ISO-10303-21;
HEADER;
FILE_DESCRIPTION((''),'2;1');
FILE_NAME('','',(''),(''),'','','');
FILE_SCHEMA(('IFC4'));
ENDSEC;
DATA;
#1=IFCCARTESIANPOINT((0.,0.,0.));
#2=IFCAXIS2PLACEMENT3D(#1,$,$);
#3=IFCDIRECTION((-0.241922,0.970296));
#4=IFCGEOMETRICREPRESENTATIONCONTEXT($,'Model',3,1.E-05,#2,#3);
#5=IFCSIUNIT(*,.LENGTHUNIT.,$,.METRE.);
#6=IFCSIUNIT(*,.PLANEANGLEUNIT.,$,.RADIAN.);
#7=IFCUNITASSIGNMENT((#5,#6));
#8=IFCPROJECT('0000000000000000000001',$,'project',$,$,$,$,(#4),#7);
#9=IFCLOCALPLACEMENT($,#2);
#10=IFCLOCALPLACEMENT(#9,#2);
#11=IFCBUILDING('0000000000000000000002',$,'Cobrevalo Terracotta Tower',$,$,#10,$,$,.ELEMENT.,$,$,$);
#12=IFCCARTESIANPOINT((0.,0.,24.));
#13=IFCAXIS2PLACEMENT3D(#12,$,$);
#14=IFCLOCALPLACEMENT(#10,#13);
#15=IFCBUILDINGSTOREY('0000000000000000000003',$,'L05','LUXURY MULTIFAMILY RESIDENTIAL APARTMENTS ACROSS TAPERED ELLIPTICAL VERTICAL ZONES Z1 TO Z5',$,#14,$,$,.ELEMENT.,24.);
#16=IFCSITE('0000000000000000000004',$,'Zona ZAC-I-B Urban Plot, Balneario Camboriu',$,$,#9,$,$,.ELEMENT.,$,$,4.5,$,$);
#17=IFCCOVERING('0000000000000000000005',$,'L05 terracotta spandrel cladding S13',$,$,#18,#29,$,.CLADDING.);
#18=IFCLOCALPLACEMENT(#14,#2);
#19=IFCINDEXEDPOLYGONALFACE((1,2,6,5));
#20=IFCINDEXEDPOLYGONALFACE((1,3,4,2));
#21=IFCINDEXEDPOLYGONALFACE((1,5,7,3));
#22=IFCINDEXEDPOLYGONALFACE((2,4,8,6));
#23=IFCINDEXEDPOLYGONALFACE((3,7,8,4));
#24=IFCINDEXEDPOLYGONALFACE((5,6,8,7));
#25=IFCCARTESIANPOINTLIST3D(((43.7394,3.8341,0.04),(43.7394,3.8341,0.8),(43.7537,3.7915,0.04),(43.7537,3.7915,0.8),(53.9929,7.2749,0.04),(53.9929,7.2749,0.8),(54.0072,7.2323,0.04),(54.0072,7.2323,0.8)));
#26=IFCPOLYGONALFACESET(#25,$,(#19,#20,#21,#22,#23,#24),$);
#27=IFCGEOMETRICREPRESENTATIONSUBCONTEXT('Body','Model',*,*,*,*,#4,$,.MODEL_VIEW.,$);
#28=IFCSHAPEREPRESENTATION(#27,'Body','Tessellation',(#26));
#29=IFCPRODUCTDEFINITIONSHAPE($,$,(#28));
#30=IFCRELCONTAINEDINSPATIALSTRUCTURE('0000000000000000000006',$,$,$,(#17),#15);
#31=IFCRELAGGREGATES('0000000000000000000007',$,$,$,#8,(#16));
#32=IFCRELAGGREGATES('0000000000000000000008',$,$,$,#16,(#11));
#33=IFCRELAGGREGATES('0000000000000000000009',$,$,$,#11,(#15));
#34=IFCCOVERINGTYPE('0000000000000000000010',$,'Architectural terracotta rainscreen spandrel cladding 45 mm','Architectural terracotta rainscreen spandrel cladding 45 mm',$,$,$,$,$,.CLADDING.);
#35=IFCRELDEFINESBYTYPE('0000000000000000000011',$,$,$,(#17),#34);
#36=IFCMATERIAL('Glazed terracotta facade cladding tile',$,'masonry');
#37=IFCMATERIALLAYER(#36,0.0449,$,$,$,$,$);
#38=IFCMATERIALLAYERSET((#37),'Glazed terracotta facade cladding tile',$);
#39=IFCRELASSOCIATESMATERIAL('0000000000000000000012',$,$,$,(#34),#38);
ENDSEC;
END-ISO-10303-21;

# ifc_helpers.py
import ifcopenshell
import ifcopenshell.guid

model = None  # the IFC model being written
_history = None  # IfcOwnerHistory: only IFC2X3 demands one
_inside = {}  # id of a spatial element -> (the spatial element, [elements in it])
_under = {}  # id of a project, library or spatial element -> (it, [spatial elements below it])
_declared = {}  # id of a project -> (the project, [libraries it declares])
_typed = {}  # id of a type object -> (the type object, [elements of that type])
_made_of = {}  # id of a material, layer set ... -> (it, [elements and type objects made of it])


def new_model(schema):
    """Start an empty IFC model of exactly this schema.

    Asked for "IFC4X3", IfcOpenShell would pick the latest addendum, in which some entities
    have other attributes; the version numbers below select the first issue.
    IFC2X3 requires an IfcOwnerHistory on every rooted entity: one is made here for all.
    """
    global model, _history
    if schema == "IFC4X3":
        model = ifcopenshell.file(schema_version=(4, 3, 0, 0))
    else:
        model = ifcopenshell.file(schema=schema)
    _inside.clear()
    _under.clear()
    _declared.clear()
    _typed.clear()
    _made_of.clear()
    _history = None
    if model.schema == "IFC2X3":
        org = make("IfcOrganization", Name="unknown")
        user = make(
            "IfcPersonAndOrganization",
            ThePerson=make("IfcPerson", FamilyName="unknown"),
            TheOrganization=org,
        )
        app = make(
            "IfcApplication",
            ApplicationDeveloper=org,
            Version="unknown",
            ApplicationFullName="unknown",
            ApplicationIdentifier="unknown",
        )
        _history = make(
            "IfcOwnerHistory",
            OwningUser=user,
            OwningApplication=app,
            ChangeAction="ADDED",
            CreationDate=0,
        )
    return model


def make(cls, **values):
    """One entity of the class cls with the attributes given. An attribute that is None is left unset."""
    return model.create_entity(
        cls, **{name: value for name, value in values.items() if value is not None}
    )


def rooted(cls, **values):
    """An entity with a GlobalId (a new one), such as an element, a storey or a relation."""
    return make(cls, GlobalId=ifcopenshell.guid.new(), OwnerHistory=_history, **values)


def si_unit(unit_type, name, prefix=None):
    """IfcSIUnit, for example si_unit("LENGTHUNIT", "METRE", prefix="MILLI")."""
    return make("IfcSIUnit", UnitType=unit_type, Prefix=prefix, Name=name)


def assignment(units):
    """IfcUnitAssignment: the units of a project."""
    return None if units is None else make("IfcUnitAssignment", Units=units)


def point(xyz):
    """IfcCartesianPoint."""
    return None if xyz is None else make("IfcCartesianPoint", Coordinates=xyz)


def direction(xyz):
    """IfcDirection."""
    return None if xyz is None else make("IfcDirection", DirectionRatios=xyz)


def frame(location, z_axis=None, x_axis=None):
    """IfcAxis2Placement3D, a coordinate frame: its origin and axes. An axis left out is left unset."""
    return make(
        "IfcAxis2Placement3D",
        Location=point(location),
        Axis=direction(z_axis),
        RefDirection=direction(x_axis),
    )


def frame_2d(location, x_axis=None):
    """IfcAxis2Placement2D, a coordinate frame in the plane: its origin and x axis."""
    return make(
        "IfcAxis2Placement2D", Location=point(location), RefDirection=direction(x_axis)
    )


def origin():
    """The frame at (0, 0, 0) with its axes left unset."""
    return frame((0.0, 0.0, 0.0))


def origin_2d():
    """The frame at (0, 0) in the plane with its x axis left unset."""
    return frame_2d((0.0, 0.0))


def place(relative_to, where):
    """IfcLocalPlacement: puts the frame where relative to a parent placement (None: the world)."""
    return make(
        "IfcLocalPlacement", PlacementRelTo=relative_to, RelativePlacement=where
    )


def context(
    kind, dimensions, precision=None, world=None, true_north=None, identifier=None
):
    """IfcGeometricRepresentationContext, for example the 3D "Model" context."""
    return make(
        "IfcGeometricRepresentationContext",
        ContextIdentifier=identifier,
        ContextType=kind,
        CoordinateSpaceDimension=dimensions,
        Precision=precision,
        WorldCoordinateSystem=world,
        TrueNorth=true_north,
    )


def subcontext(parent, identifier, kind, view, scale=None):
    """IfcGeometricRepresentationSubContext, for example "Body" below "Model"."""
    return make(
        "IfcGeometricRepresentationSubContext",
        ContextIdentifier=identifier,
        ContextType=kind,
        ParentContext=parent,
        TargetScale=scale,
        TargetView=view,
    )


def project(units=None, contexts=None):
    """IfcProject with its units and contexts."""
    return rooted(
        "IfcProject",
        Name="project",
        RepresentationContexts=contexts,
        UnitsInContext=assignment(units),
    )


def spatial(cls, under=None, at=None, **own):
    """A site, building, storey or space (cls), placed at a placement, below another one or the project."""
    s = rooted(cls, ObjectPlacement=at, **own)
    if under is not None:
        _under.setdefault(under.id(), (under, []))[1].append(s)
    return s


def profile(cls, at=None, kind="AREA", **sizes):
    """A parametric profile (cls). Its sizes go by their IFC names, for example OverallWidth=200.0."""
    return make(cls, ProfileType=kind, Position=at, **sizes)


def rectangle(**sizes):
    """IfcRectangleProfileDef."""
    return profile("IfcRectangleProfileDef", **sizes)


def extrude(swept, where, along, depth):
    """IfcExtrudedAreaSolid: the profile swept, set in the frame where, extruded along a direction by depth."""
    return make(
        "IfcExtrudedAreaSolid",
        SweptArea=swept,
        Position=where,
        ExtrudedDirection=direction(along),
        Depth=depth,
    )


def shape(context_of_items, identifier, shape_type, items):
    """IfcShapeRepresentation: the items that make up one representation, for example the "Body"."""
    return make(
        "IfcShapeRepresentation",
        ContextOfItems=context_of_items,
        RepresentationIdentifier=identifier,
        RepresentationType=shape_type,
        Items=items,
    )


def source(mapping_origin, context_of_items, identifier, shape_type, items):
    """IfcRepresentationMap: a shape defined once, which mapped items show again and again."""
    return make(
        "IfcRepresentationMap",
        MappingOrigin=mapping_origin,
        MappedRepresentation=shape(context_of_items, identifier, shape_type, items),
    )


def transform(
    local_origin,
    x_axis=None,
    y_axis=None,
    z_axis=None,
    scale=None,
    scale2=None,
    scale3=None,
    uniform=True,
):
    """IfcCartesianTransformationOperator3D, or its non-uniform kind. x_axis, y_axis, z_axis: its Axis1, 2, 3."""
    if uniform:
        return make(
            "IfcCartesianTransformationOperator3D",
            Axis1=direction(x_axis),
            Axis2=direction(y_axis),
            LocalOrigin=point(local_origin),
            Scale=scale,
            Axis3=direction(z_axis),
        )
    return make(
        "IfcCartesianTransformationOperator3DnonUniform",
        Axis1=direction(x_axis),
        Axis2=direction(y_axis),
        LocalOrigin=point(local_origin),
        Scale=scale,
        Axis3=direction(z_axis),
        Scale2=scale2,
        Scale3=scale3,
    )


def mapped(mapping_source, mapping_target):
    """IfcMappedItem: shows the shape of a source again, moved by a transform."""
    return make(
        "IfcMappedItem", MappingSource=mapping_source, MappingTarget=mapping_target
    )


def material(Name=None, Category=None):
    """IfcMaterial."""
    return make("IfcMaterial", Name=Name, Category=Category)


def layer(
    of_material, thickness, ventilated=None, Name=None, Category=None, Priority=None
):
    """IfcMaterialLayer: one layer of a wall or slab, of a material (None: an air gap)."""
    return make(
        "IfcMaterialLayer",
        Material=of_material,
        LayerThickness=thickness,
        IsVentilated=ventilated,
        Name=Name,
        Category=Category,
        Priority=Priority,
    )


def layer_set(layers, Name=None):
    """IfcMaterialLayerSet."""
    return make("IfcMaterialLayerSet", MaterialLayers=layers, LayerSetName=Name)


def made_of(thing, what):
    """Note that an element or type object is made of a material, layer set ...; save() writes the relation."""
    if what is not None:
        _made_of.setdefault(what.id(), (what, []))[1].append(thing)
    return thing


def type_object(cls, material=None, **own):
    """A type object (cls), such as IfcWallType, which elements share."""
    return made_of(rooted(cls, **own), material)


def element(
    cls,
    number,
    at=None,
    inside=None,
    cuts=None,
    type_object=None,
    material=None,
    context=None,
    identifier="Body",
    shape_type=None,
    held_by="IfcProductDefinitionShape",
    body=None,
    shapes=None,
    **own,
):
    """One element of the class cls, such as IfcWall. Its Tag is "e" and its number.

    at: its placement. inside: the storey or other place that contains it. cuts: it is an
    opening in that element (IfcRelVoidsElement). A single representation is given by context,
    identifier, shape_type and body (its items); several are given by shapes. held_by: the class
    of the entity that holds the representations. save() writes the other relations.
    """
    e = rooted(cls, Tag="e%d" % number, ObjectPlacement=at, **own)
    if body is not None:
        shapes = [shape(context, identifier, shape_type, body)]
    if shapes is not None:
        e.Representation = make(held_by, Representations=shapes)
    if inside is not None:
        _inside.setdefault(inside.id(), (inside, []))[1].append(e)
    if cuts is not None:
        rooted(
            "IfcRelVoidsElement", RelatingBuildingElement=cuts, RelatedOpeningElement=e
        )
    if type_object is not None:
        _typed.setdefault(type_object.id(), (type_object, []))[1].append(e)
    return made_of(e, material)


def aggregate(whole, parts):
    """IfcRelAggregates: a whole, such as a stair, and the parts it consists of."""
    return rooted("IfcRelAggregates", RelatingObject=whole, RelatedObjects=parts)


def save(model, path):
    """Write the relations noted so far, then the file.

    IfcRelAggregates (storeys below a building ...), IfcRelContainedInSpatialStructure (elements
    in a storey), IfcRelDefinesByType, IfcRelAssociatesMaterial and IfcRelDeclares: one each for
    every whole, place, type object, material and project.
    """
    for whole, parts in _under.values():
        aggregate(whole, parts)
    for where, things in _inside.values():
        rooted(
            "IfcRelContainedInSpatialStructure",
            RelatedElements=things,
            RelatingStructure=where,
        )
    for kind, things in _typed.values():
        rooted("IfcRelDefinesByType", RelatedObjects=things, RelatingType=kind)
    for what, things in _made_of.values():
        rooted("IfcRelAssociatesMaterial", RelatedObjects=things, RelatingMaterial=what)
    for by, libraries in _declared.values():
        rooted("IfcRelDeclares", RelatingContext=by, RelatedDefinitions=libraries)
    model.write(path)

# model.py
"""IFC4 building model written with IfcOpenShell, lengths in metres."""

from ifc_helpers import new_model, si_unit, direction, frame, origin, origin_2d, place, context, subcontext, project, spatial, rectangle, extrude, source, transform, mapped, material, layer, layer_set, type_object, element, save


model = new_model("IFC4")

# Units and contexts
model_context = context("Model", 3, precision=1e-05, world=origin(), true_north=direction((-0.241922, 0.970296)))
body_context = subcontext(model_context, "Body", "Model", "MODEL_VIEW")
ifc_project = project(units=[si_unit("LENGTHUNIT", "METRE"), si_unit("PLANEANGLEUNIT", "RADIAN")], contexts=[model_context])

# Site, building, storey
site_placement = place(None, origin())
site = spatial("IfcSite", under=ifc_project, at=site_placement, Name="Zona ZAC-I-B Urban Plot, Balneario Camboriu", CompositionType="ELEMENT", RefElevation=4.5)
building_placement = place(site_placement, origin())
building = spatial("IfcBuilding", under=site, at=building_placement, Name="Cobrevalo Terracotta Tower", CompositionType="ELEMENT")
storey_placement = place(building_placement, frame((0.0, 0.0, 24.0)))
storey = spatial("IfcBuildingStorey", under=building, at=storey_placement, Name="L05", Description="LUXURY MULTIFAMILY RESIDENTIAL APARTMENTS ACROSS TAPERED ELLIPTICAL VERTICAL ZONES Z1 TO Z5", CompositionType="ELEMENT", Elevation=24.0)

# Covering
ifc_material_1 = material(Name="Glazed terracotta facade cladding tile", Category="masonry")
ifc_layer_1 = layer(ifc_material_1, 0.0449)
ifc_layer_set_1 = layer_set([ifc_layer_1], Name="Glazed terracotta facade cladding tile")
covering_type = type_object("IfcCoveringType", Name="Architectural terracotta rainscreen spandrel cladding 45 mm", Description="Architectural terracotta rainscreen spandrel cladding 45 mm", PredefinedType="CLADDING", material=ifc_layer_set_1)
shared_shape_1 = source(origin(), body_context, "Body", "SweptSolid", [
    extrude(rectangle(XDim=10.8154, YDim=0.0449, at=origin_2d()), origin(), (0.0, 0.0, 1.0), 0.76),
])
covering_placement = place(storey_placement, frame((48.8733, 5.5332, 0.04), z_axis=(0.0, 0.0, 1.0), x_axis=(0.948044, 0.318139, 0.0)))
element("IfcCovering", 1, at=covering_placement, inside=storey, type_object=covering_type, Name="L05 terracotta spandrel cladding S13", PredefinedType="CLADDING", context=body_context, shape_type="MappedRepresentation", body=[
    mapped(shared_shape_1, transform((0.0, 0.0, 0.0), scale=1.0)),
])

save(model, "model.ifc")
